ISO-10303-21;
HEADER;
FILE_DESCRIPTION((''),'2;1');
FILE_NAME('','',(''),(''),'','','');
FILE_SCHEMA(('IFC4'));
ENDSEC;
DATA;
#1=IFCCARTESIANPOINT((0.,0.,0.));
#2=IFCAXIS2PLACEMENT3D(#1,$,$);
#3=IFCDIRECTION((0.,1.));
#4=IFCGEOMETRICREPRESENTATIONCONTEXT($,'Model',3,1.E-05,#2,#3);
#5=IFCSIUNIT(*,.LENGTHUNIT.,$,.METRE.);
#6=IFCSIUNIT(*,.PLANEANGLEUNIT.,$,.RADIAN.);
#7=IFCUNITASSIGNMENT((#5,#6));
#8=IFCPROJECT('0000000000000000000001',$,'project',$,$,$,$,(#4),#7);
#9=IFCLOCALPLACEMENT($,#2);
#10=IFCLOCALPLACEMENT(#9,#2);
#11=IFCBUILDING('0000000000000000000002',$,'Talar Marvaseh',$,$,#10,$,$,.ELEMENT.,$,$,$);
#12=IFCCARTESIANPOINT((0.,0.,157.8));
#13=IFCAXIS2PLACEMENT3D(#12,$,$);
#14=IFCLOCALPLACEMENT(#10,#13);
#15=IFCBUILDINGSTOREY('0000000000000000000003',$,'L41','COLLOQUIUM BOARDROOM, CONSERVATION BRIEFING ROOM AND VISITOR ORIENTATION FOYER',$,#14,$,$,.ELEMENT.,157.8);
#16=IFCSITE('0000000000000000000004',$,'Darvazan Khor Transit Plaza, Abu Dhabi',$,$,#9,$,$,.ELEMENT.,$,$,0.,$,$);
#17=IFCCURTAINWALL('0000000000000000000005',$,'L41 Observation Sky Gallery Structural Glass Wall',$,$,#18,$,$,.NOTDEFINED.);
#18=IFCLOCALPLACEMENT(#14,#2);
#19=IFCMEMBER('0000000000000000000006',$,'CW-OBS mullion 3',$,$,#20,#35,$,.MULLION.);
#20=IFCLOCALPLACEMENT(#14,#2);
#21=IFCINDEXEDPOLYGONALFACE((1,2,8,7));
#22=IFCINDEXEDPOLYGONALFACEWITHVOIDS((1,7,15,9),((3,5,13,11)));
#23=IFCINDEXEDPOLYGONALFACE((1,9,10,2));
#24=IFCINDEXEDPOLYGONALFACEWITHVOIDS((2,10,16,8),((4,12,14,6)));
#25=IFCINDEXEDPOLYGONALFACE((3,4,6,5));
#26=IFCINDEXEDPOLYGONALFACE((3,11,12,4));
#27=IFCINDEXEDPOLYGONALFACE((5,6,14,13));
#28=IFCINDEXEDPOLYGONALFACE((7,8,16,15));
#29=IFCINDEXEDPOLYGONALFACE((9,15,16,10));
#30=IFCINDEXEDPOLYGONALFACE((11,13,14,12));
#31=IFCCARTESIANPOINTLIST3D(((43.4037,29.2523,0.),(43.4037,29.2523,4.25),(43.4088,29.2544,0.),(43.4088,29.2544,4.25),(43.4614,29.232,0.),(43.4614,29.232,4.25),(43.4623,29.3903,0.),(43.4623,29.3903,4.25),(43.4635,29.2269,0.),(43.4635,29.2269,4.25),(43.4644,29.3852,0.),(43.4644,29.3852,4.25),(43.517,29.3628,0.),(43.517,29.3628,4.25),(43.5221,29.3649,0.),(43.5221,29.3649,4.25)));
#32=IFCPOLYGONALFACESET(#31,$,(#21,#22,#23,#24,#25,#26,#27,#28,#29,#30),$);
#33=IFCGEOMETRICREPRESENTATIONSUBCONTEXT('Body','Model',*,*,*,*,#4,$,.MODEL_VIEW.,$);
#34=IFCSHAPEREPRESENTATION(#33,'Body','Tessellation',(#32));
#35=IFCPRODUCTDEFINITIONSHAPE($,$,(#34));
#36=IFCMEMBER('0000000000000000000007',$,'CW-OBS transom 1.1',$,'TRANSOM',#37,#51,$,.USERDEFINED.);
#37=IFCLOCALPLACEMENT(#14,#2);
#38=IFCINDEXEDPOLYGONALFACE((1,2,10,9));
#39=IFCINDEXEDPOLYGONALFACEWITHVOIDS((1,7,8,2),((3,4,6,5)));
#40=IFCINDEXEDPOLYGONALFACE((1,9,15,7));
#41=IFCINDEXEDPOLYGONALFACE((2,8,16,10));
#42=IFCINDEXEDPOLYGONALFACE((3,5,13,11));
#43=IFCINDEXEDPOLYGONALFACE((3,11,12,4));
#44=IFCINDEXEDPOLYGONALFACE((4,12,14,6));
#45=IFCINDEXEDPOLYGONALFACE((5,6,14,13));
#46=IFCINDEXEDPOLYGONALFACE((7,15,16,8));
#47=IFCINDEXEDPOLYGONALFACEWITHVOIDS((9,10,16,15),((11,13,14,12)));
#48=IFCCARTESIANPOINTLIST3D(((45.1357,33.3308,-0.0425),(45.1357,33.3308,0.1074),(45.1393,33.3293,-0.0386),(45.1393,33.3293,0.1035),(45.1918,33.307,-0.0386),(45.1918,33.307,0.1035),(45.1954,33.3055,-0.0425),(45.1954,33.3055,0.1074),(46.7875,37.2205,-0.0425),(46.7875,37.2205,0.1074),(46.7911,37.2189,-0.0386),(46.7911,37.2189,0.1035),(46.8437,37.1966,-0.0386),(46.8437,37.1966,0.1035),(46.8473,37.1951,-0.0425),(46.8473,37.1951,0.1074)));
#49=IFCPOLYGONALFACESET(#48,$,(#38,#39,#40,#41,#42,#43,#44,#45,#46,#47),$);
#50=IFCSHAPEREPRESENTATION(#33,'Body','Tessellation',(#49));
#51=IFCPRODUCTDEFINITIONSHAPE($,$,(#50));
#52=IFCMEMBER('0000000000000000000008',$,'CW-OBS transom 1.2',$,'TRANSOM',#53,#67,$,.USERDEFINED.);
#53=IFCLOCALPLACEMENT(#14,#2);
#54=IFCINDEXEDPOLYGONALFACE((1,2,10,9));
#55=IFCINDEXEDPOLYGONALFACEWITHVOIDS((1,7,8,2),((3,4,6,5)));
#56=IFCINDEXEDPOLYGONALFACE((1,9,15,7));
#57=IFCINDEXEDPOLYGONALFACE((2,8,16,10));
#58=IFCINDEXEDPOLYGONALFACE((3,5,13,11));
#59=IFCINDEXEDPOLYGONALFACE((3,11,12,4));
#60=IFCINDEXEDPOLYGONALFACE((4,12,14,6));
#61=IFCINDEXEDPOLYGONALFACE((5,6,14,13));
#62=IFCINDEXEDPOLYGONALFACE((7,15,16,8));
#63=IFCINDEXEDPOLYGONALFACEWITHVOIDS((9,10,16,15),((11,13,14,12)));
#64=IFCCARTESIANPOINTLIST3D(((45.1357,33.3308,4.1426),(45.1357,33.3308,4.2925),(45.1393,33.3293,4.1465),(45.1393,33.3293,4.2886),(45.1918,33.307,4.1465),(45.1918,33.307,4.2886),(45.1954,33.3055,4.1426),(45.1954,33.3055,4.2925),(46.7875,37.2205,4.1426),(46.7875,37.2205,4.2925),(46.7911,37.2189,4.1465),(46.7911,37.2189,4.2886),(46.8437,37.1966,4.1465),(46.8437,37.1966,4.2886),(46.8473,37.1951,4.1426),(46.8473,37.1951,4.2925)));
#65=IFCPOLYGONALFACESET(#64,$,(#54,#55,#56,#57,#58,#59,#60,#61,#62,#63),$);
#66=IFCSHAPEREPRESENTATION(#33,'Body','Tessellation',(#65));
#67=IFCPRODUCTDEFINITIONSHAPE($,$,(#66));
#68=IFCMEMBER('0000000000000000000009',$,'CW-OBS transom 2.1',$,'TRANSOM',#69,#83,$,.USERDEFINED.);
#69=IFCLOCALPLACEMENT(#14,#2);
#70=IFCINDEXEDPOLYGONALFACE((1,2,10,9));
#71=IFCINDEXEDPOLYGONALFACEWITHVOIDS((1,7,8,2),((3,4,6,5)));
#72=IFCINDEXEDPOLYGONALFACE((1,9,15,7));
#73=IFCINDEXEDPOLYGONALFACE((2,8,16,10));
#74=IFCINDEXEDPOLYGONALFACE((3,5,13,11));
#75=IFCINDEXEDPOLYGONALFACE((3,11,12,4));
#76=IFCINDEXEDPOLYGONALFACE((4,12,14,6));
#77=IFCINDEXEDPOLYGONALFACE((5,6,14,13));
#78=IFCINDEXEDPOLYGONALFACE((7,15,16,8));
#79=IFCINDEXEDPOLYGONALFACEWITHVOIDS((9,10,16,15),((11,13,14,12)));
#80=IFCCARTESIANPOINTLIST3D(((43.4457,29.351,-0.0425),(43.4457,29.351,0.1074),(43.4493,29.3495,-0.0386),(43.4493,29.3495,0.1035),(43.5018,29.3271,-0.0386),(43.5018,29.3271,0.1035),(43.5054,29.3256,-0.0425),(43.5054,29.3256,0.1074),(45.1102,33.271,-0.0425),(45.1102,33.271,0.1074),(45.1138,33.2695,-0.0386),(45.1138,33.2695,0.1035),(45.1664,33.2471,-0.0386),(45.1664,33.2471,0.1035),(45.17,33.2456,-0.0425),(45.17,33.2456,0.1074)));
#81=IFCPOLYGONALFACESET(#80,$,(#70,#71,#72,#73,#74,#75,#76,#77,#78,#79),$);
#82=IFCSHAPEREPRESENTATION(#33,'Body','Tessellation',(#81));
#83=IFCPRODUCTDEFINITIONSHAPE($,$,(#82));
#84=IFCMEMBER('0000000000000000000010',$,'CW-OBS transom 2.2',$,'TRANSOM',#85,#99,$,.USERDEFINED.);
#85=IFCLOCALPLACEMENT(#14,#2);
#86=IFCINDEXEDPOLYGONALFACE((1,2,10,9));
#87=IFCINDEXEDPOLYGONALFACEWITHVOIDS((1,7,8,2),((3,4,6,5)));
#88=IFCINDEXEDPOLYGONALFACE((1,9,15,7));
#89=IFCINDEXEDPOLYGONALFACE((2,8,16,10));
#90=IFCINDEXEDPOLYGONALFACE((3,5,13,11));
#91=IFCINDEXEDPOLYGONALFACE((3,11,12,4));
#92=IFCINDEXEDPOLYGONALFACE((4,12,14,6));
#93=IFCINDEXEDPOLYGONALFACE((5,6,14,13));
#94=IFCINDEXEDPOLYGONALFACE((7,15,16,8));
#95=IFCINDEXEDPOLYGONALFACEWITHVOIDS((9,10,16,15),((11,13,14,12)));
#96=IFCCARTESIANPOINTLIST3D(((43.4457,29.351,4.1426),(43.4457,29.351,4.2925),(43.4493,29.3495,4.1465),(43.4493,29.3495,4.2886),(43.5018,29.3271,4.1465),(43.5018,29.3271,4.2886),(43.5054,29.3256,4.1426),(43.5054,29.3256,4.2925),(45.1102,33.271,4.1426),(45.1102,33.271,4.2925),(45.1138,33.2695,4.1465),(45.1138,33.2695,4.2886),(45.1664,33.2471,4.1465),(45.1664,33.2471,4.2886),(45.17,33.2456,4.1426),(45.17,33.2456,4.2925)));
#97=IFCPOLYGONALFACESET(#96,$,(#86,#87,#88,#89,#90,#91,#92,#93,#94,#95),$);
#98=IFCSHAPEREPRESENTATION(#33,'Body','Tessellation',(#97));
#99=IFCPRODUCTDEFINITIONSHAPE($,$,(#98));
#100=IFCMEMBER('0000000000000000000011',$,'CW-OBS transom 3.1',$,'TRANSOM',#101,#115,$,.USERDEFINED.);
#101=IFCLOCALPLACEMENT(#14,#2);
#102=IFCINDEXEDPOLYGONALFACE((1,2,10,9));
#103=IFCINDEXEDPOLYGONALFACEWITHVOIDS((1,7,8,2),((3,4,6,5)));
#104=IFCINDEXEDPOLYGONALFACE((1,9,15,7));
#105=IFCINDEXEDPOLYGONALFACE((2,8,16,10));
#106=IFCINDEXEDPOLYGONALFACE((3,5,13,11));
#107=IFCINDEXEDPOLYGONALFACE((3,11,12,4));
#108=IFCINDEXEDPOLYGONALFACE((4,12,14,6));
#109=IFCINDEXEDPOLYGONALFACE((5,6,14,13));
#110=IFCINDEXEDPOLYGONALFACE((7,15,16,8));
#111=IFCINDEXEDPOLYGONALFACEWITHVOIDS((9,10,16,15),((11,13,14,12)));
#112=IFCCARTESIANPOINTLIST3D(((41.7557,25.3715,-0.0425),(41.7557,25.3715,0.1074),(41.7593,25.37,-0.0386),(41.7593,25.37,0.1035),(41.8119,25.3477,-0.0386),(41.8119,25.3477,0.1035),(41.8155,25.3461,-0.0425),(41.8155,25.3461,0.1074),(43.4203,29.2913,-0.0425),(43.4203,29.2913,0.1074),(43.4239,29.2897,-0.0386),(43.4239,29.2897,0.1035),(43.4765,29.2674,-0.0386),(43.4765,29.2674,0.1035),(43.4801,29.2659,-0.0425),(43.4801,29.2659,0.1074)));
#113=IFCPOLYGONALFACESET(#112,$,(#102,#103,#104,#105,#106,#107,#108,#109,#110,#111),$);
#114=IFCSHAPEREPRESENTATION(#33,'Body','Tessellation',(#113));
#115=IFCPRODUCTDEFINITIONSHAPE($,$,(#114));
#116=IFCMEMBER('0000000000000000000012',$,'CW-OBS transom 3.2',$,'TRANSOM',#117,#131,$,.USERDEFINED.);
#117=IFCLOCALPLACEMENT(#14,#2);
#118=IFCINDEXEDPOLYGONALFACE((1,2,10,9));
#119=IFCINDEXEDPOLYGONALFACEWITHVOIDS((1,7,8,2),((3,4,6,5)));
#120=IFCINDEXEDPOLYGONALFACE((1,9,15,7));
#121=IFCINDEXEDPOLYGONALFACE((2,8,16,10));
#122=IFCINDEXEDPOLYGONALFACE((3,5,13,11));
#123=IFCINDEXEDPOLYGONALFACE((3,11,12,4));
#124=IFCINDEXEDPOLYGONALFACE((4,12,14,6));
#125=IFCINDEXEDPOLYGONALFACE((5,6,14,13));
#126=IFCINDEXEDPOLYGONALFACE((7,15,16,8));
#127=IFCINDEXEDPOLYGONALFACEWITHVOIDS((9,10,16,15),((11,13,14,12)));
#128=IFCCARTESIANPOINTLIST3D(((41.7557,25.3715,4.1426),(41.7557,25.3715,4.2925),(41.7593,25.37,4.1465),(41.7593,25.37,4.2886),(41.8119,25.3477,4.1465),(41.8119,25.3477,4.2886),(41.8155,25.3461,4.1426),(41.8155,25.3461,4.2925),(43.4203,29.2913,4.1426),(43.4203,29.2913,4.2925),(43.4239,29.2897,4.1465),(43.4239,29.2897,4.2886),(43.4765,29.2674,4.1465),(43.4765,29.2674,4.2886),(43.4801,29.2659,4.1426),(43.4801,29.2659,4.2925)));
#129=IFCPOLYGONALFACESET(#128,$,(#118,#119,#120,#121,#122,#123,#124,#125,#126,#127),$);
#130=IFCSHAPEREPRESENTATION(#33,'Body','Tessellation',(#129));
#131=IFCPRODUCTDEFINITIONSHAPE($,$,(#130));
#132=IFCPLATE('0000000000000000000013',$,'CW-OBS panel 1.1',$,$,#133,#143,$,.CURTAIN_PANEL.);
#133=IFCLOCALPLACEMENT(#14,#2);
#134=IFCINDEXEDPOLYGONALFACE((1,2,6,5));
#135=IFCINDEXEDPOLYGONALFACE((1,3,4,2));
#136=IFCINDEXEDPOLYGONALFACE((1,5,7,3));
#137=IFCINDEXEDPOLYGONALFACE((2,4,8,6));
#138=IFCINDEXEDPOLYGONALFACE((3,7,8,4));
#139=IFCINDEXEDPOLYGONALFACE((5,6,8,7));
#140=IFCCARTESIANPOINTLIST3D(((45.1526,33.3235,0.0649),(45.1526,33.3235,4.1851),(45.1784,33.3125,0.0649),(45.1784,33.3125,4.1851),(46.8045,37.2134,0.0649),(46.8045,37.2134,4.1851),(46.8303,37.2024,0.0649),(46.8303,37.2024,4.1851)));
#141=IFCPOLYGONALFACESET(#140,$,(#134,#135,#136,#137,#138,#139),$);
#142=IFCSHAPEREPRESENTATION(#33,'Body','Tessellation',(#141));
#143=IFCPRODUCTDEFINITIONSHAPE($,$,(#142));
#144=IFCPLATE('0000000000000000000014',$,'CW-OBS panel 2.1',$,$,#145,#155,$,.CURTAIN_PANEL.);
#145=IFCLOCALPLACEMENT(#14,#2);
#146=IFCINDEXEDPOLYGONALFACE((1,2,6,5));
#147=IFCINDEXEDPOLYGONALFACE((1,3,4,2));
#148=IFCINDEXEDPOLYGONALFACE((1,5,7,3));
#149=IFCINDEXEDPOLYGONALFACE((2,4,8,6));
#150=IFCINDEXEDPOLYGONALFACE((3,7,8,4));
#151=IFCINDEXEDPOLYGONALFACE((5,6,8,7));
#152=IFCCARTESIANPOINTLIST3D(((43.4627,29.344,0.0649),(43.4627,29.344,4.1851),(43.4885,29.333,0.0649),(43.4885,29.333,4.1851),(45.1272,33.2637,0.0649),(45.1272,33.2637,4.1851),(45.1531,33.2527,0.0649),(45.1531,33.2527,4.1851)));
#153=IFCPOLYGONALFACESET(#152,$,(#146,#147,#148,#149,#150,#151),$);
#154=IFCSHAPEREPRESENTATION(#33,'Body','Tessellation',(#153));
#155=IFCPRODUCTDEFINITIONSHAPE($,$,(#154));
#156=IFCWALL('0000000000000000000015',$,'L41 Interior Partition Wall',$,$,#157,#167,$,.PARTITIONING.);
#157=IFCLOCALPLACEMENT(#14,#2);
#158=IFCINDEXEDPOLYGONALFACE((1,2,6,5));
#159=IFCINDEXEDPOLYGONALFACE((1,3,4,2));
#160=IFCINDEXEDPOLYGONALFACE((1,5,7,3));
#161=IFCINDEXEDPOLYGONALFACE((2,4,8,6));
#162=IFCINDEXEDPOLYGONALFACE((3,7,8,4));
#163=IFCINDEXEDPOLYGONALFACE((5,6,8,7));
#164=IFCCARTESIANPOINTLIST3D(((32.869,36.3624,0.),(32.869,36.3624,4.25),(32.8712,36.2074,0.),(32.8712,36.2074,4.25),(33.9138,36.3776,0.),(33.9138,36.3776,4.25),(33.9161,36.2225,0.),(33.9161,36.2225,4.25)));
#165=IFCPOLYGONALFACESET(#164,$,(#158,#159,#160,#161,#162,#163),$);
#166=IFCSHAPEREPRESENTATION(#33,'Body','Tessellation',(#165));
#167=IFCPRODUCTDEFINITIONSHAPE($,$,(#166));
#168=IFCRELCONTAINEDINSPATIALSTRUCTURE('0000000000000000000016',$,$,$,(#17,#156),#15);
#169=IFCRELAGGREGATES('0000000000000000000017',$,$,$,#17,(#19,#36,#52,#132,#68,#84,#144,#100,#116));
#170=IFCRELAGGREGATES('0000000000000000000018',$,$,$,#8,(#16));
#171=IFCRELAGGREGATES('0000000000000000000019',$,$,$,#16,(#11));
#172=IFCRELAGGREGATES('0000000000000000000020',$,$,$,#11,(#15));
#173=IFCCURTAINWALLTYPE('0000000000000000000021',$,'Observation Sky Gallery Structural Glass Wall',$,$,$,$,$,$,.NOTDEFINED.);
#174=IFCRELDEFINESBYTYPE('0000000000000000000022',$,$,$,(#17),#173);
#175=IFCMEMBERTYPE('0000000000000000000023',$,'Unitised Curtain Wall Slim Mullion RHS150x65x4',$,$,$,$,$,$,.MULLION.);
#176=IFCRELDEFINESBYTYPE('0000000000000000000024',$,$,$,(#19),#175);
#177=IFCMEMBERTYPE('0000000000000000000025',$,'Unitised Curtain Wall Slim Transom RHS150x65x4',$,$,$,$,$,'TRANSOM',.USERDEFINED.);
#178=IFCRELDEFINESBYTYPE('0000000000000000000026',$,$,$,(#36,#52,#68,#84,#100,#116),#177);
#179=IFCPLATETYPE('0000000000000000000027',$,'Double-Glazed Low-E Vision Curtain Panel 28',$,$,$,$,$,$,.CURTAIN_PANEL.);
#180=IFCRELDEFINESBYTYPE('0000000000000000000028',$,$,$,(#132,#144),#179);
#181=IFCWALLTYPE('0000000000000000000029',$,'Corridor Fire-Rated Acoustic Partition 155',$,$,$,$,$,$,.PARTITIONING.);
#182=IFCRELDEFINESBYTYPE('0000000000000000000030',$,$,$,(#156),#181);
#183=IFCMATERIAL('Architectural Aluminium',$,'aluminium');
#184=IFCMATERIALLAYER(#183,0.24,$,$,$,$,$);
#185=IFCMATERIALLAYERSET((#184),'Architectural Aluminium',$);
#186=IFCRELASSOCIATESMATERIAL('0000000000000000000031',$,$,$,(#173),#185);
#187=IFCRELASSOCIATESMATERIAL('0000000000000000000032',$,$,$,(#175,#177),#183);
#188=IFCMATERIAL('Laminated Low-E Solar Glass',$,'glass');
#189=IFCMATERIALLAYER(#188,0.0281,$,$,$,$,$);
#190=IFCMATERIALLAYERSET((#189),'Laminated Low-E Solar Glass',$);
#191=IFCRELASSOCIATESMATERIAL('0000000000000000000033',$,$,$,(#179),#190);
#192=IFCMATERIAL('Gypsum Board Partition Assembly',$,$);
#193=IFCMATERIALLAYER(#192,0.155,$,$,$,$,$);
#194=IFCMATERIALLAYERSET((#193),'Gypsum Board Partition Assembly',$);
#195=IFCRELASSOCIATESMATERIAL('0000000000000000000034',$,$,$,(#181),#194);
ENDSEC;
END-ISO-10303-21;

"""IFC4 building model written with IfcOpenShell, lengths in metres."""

from ifc_helpers import new_model, si_unit, direction, frame, frame_2d, origin, origin_2d, place, context, subcontext, project, spatial, rectangle, hollow_rectangle, extrude, source, transform, mapped, material, layer, layer_set, material_profile, profile_set, type_object, type_shapes, element, aggregate, save


model = new_model("IFC4")

# Units and contexts
model_context = context("Model", 3, precision=1e-05, world=origin(), true_north=direction((0.0, 1.0)))
body_context = subcontext(model_context, "Body", "Model", "MODEL_VIEW")
ifc_project = project(units=[si_unit("LENGTHUNIT", "METRE"), si_unit("PLANEANGLEUNIT", "RADIAN")], contexts=[model_context])

# Site, building, storey
site_placement = place(None, origin())
site = spatial("IfcSite", under=ifc_project, at=site_placement, Name="Darvazan Khor Transit Plaza, Abu Dhabi", CompositionType="ELEMENT", RefElevation=0.0)
building_placement = place(site_placement, origin())
building = spatial("IfcBuilding", under=site, at=building_placement, Name="Talar Marvaseh", CompositionType="ELEMENT")
storey_placement = place(building_placement, frame((0.0, 0.0, 157.8)))
storey = spatial("IfcBuildingStorey", under=building, at=storey_placement, Name="L41", Description="COLLOQUIUM BOARDROOM, CONSERVATION BRIEFING ROOM AND VISITOR ORIENTATION FOYER", CompositionType="ELEMENT", Elevation=157.8)

# Curtain wall, members, plates
ifc_material_1 = material(Name="Architectural Aluminium", Category="aluminium")
ifc_layer_1 = layer(ifc_material_1, 0.24)
ifc_layer_set_1 = layer_set([ifc_layer_1], Name="Architectural Aluminium")
curtain_wall_type = type_object("IfcCurtainWallType", Name="Observation Sky Gallery Structural Glass Wall", PredefinedType="NOTDEFINED", material=ifc_layer_set_1)
curtain_wall_placement = place(storey_placement, origin())
curtain_wall = element("IfcCurtainWall", 1, at=curtain_wall_placement, inside=storey, type_object=curtain_wall_type, Name="L41 Observation Sky Gallery Structural Glass Wall", PredefinedType="NOTDEFINED")
ifc_material_profile_1 = material_profile(ifc_material_1, hollow_rectangle(XDim=0.0649, YDim=0.1499, WallThickness=0.0039, at=origin_2d()), Name="RHS150x65x4")
ifc_profile_set_1 = profile_set([ifc_material_profile_1], Name="Architectural Aluminium")
member_type_1 = type_object("IfcMemberType", Name="Unitised Curtain Wall Slim Mullion RHS150x65x4", PredefinedType="MULLION", material=ifc_profile_set_1)
shared_shape_1 = source(origin(), body_context, "Body", "SweptSolid", [
    extrude(hollow_rectangle(XDim=0.0649, YDim=0.1499, WallThickness=0.0039, at=origin_2d()), origin(), (0.0, 0.0, 1.0), 4.25),
])
type_shapes(member_type_1, [shared_shape_1])
member_1_placement = place(storey_placement, frame((43.4629, 29.3086, 0.0), z_axis=(0.0, 0.0, 1.0), x_axis=(0.920444, -0.390874, 0.0)))
member_1 = element("IfcMember", 2, at=member_1_placement, type_object=member_type_1, Name="CW-OBS mullion 3", PredefinedType="MULLION", context=body_context, shape_type="MappedRepresentation", body=[
    mapped(shared_shape_1, transform((0.0, 0.0, 0.0), x_axis=(1.0, 0.0, 0.0), y_axis=(0.0, 1.0, 0.0), z_axis=(0.0, 0.0, 1.0), scale=1.0)),
])
ifc_material_profile_2 = material_profile(ifc_material_1, hollow_rectangle(XDim=0.0649, YDim=0.1499, WallThickness=0.0039, at=origin_2d()), Name="RHS150x65x4")
ifc_profile_set_2 = profile_set([ifc_material_profile_2], Name="Architectural Aluminium")
member_type_2 = type_object("IfcMemberType", Name="Unitised Curtain Wall Slim Transom RHS150x65x4", ElementType="TRANSOM", PredefinedType="USERDEFINED", material=ifc_profile_set_2)
shared_shape_2 = source(origin(), body_context, "Body", "SweptSolid", [
    extrude(hollow_rectangle(XDim=0.0649, YDim=0.1499, WallThickness=0.0039, at=origin_2d()), origin(), (0.0, 0.0, 1.0), 4.2258),
])
member_2_placement = place(storey_placement, frame((46.8174, 37.2078, 0.0325), z_axis=(-0.390891, -0.920437, 0.0), x_axis=(0.920437, -0.390891, 0.0)))
member_2 = element("IfcMember", 3, at=member_2_placement, type_object=member_type_2, Name="CW-OBS transom 1.1", ObjectType="TRANSOM", PredefinedType="USERDEFINED", context=body_context, shape_type="MappedRepresentation", body=[
    mapped(shared_shape_2, transform((0.0, 0.0, 0.0), x_axis=(1.0, 0.0, 0.0), y_axis=(0.0, 1.0, 0.0), z_axis=(0.0, 0.0, 1.0), scale=1.0)),
])
member_3_placement = place(storey_placement, frame((46.8174, 37.2078, 4.2175), z_axis=(-0.390891, -0.920437, 0.0), x_axis=(0.920437, -0.390891, 0.0)))
member_3 = element("IfcMember", 4, at=member_3_placement, type_object=member_type_2, Name="CW-OBS transom 1.2", ObjectType="TRANSOM", PredefinedType="USERDEFINED", context=body_context, shape_type="MappedRepresentation", body=[
    mapped(shared_shape_2, transform((0.0, 0.0, 0.0), x_axis=(1.0, 0.0, 0.0), y_axis=(0.0, 1.0, 0.0), z_axis=(0.0, 0.0, 1.0), scale=1.0)),
])
shared_shape_3 = source(origin(), body_context, "Body", "SweptSolid", [
    extrude(hollow_rectangle(XDim=0.0649, YDim=0.1499, WallThickness=0.0039, at=origin_2d()), origin(), (0.0, 0.0, 1.0), 4.2588),
])
member_4_placement = place(storey_placement, frame((45.1401, 33.2583, 0.0325), z_axis=(-0.390859, -0.920451, 0.0), x_axis=(0.920451, -0.390859, 0.0)))
member_4 = element("IfcMember", 5, at=member_4_placement, type_object=member_type_2, Name="CW-OBS transom 2.1", ObjectType="TRANSOM", PredefinedType="USERDEFINED", context=body_context, shape_type="MappedRepresentation", body=[
    mapped(shared_shape_3, transform((0.0, 0.0, 0.0), x_axis=(1.0, 0.0, 0.0), y_axis=(0.0, 1.0, 0.0), z_axis=(0.0, 0.0, 1.0), scale=1.0)),
])
member_5_placement = place(storey_placement, frame((45.1401, 33.2583, 4.2175), z_axis=(-0.390859, -0.920451, 0.0), x_axis=(0.920451, -0.390859, 0.0)))
member_5 = element("IfcMember", 6, at=member_5_placement, type_object=member_type_2, Name="CW-OBS transom 2.2", ObjectType="TRANSOM", PredefinedType="USERDEFINED", context=body_context, shape_type="MappedRepresentation", body=[
    mapped(shared_shape_3, transform((0.0, 0.0, 0.0), x_axis=(1.0, 0.0, 0.0), y_axis=(0.0, 1.0, 0.0), z_axis=(0.0, 0.0, 1.0), scale=1.0)),
])
shared_shape_4 = source(origin(), body_context, "Body", "SweptSolid", [
    extrude(hollow_rectangle(XDim=0.0649, YDim=0.1499, WallThickness=0.0039, at=origin_2d()), origin(), (0.0, 0.0, 1.0), 4.2585),
])
type_shapes(member_type_2, [shared_shape_2, shared_shape_3, shared_shape_4])
member_6_placement = place(storey_placement, frame((43.4502, 29.2786, 0.0325), z_axis=(-0.39088, -0.920442, 0.0), x_axis=(0.920442, -0.39088, 0.0)))
member_6 = element("IfcMember", 7, at=member_6_placement, type_object=member_type_2, Name="CW-OBS transom 3.1", ObjectType="TRANSOM", PredefinedType="USERDEFINED", context=body_context, shape_type="MappedRepresentation", body=[
    mapped(shared_shape_4, transform((0.0, 0.0, 0.0), x_axis=(1.0, 0.0, 0.0), y_axis=(0.0, 1.0, 0.0), z_axis=(0.0, 0.0, 1.0), scale=1.0)),
])
member_7_placement = place(storey_placement, frame((43.4502, 29.2786, 4.2175), z_axis=(-0.39088, -0.920442, 0.0), x_axis=(0.920442, -0.39088, 0.0)))
member_7 = element("IfcMember", 8, at=member_7_placement, type_object=member_type_2, Name="CW-OBS transom 3.2", ObjectType="TRANSOM", PredefinedType="USERDEFINED", context=body_context, shape_type="MappedRepresentation", body=[
    mapped(shared_shape_4, transform((0.0, 0.0, 0.0), x_axis=(1.0, 0.0, 0.0), y_axis=(0.0, 1.0, 0.0), z_axis=(0.0, 0.0, 1.0), scale=1.0)),
])
ifc_material_2 = material(Name="Laminated Low-E Solar Glass", Category="glass")
ifc_layer_2 = layer(ifc_material_2, 0.0281)
ifc_layer_set_2 = layer_set([ifc_layer_2], Name="Laminated Low-E Solar Glass")
plate_type = type_object("IfcPlateType", Name="Double-Glazed Low-E Vision Curtain Panel 28", PredefinedType="CURTAIN_PANEL", material=ifc_layer_set_2)
shared_shape_5 = source(origin(), body_context, "Body", "SweptSolid", [
    extrude(rectangle(XDim=4.2261, YDim=0.0281, at=origin_2d()), origin(), (0.0, 0.0, 1.0), 4.1201),
])
plate_1_placement = place(storey_placement, frame((45.9915, 35.2629, 0.0649), z_axis=(0.0, 0.0, 1.0), x_axis=(-0.390874, -0.920444, 0.0)))
plate_1 = element("IfcPlate", 9, at=plate_1_placement, type_object=plate_type, Name="CW-OBS panel 1.1", PredefinedType="CURTAIN_PANEL", context=body_context, shape_type="MappedRepresentation", body=[
    mapped(shared_shape_5, transform((0.0, 0.0, 0.0), x_axis=(1.0, 0.0, 0.0), y_axis=(0.0, 1.0, 0.0), z_axis=(0.0, 0.0, 1.0), scale=1.0)),
])
shared_shape_6 = source(origin(), body_context, "Body", "SweptSolid", [
    extrude(rectangle(XDim=4.2585, YDim=0.0281, at=origin_2d()), origin(), (0.0, 0.0, 1.0), 4.1201),
])
type_shapes(plate_type, [shared_shape_5, shared_shape_6])
plate_2_placement = place(storey_placement, frame((44.3079, 31.2983, 0.0649), z_axis=(0.0, 0.0, 1.0), x_axis=(-0.390874, -0.920444, 0.0)))
plate_2 = element("IfcPlate", 10, at=plate_2_placement, type_object=plate_type, Name="CW-OBS panel 2.1", PredefinedType="CURTAIN_PANEL", context=body_context, shape_type="MappedRepresentation", body=[
    mapped(shared_shape_6, transform((0.0, 0.0, 0.0), x_axis=(1.0, 0.0, 0.0), y_axis=(0.0, 1.0, 0.0), z_axis=(0.0, 0.0, 1.0), scale=1.0)),
])
aggregate(curtain_wall, [member_1, member_2, member_3, plate_1, member_4, member_5, plate_2, member_6, member_7])

# Wall
ifc_material_3 = material(Name="Gypsum Board Partition Assembly")
ifc_layer_3 = layer(ifc_material_3, 0.155)
ifc_layer_set_3 = layer_set([ifc_layer_3], Name="Gypsum Board Partition Assembly")
wall_type_1 = type_object("IfcWallType", Name="Corridor Fire-Rated Acoustic Partition 155", PredefinedType="PARTITIONING", material=ifc_layer_set_3)
wall_1_placement = place(storey_placement, frame((32.8701, 36.2849, 0.0), z_axis=(0.0, 0.0, 1.0), x_axis=(0.999895, 0.014484, 0.0)))
element("IfcWall", 11, at=wall_1_placement, inside=storey, type_object=wall_type_1, Name="L41 Interior Partition Wall", PredefinedType="PARTITIONING", context=body_context, shape_type="SweptSolid", body=[
    extrude(rectangle(XDim=1.0449, YDim=0.155, at=frame_2d((0.5225, 0.0))), origin(), (0.0, 0.0, 1.0), 4.25),
])

save(model, "model.ifc")
